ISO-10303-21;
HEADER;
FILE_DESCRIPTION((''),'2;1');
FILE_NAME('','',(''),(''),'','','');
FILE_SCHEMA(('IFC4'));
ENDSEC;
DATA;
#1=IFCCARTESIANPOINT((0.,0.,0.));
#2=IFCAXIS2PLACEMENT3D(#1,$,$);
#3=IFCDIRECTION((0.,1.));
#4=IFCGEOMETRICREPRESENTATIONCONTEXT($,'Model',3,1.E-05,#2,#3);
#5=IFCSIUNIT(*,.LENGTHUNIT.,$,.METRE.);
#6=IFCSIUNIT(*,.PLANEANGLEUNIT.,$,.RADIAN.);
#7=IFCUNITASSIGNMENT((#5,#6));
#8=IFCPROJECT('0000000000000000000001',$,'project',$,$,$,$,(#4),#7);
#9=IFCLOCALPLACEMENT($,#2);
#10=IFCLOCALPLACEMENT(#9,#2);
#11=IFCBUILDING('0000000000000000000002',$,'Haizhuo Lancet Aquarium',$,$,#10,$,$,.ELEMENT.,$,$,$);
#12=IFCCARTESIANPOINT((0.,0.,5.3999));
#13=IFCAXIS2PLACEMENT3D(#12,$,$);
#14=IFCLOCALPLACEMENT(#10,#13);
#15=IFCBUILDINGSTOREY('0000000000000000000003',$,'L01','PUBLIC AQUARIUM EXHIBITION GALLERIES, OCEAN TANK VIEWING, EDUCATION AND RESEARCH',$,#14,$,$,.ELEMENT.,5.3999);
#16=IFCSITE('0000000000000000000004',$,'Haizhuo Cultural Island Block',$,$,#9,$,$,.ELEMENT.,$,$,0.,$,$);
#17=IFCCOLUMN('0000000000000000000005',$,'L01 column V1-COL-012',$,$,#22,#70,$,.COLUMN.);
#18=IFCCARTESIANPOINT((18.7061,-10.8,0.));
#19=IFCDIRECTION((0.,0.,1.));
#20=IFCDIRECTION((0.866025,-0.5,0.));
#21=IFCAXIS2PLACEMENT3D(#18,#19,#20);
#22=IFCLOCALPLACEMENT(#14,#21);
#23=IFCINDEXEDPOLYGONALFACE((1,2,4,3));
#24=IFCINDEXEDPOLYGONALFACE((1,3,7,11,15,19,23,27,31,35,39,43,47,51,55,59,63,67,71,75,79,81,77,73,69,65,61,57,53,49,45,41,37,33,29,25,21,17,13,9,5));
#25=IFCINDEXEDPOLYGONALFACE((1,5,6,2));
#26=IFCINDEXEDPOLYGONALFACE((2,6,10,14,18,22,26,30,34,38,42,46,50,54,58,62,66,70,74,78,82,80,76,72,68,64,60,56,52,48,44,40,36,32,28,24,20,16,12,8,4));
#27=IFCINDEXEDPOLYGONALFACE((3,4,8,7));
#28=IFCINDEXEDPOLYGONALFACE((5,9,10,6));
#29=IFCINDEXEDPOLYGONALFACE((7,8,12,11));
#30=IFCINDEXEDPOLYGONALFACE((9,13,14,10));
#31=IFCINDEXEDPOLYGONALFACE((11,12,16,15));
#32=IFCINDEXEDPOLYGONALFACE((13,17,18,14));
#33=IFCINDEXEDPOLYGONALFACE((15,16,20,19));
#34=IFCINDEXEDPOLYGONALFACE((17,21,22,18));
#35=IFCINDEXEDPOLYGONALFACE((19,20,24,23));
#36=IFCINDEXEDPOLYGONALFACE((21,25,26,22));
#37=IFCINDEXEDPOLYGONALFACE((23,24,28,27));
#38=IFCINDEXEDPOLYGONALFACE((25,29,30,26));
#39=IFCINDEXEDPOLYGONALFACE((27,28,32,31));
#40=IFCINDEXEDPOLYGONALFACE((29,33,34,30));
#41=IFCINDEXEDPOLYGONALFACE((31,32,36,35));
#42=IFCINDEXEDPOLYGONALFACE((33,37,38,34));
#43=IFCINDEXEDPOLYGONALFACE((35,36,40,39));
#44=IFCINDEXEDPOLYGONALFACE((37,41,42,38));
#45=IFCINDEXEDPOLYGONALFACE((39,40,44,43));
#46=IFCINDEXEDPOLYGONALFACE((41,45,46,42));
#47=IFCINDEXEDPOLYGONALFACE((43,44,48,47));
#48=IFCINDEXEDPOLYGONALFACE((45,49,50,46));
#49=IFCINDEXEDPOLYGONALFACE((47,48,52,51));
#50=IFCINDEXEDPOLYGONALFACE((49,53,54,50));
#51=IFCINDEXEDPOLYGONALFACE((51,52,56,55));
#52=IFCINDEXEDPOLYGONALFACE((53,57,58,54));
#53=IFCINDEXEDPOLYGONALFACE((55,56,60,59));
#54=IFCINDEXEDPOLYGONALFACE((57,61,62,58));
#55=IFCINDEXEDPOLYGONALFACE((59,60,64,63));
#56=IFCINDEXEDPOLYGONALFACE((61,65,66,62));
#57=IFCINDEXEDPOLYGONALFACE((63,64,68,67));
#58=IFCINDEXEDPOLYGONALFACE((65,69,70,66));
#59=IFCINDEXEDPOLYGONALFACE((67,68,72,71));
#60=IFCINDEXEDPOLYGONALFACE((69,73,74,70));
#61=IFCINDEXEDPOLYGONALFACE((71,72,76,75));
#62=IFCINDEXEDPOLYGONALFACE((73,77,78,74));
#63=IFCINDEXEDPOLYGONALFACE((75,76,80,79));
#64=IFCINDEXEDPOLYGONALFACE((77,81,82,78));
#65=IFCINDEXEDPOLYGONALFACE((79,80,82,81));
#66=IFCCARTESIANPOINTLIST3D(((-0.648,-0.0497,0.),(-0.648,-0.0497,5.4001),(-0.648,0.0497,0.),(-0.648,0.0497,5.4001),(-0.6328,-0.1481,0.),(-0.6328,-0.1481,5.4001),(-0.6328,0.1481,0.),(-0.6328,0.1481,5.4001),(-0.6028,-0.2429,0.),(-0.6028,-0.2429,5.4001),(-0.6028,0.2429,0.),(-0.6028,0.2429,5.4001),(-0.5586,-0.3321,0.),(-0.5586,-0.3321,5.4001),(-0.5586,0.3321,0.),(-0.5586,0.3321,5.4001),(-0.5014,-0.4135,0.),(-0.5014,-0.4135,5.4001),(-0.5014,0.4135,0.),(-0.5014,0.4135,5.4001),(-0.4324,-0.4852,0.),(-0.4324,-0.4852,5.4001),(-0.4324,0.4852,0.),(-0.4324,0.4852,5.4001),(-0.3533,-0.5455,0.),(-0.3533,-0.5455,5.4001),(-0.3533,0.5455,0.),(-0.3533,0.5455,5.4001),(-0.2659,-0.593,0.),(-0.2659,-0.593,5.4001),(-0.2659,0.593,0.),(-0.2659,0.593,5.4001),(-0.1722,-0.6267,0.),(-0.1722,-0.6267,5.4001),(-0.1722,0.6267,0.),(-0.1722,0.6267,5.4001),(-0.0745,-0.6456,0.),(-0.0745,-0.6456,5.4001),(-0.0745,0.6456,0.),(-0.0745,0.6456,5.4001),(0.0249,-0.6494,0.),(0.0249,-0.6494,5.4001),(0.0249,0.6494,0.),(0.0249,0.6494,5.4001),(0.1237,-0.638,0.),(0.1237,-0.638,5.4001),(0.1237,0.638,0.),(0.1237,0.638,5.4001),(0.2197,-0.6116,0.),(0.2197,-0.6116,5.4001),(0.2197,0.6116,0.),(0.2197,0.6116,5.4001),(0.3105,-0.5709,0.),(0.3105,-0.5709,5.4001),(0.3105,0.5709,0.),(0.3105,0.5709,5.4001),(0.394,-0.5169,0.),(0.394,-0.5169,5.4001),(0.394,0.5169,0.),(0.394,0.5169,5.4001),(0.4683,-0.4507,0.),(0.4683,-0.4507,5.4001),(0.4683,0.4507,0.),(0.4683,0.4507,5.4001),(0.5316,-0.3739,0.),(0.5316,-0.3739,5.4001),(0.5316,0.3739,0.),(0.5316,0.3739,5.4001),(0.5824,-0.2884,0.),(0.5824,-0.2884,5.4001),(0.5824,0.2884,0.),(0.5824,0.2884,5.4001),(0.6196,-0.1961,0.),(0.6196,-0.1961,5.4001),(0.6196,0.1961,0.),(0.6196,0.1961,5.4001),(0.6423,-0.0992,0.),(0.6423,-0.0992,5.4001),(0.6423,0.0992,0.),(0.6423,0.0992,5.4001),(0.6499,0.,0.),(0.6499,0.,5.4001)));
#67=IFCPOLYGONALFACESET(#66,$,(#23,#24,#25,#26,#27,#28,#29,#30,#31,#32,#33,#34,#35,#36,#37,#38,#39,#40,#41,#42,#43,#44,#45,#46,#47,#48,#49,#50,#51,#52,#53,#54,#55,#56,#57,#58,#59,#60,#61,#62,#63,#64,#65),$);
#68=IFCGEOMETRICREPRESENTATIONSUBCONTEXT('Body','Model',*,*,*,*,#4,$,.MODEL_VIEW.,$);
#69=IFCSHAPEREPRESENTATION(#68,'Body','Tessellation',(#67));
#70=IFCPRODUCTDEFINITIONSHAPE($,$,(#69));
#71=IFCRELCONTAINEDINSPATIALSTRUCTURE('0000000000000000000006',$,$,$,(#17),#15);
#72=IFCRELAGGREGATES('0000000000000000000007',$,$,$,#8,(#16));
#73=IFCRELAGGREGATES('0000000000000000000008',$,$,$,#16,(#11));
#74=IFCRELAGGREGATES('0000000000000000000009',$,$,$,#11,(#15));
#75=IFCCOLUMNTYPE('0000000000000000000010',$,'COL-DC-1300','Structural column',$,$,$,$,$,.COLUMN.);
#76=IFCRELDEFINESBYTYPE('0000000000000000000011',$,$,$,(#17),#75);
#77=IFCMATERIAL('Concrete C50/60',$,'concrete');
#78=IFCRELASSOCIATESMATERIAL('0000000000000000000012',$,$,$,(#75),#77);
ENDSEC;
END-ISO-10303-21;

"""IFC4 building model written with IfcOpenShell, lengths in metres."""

from ifc_helpers import new_model, si_unit, direction, frame, origin, origin_2d, place, context, subcontext, project, spatial, circle, extrude, material, material_profile, profile_set, type_object, element, save


model = new_model("IFC4")

# Units and contexts
model_context = context("Model", 3, precision=1e-05, world=origin(), true_north=direction((0.0, 1.0)))
body_context = subcontext(model_context, "Body", "Model", "MODEL_VIEW")
ifc_project = project(units=[si_unit("LENGTHUNIT", "METRE"), si_unit("PLANEANGLEUNIT", "RADIAN")], contexts=[model_context])

# Site, building, storey
site_placement = place(None, origin())
site = spatial("IfcSite", under=ifc_project, at=site_placement, Name="Haizhuo Cultural Island Block", CompositionType="ELEMENT", RefElevation=0.0)
building_placement = place(site_placement, origin())
building = spatial("IfcBuilding", under=site, at=building_placement, Name="Haizhuo Lancet Aquarium", CompositionType="ELEMENT")
storey_placement = place(building_placement, frame((0.0, 0.0, 5.3999)))
storey = spatial("IfcBuildingStorey", under=building, at=storey_placement, Name="L01", Description="PUBLIC AQUARIUM EXHIBITION GALLERIES, OCEAN TANK VIEWING, EDUCATION AND RESEARCH", CompositionType="ELEMENT", Elevation=5.3999)

# Column
ifc_material_1 = material(Name="Concrete C50/60", Category="concrete")
ifc_material_profile_1 = material_profile(ifc_material_1, circle(Radius=0.6499, at=origin_2d()), Name="RC-DC 1300")
ifc_profile_set_1 = profile_set([ifc_material_profile_1], Name="Concrete C50/60")
column_type_1 = type_object("IfcColumnType", Name="COL-DC-1300", Description="Structural column", PredefinedType="COLUMN", material=ifc_profile_set_1)
column_1_placement = place(storey_placement, frame((18.7061, -10.8, 0.0), z_axis=(0.0, 0.0, 1.0), x_axis=(0.866025, -0.5, 0.0)))
element("IfcColumn", 1, at=column_1_placement, inside=storey, type_object=column_type_1, Name="L01 column V1-COL-012", PredefinedType="COLUMN", context=body_context, shape_type="SweptSolid", body=[
    extrude(circle(Radius=0.6499, at=origin_2d()), origin(), (0.0, 0.0, 1.0), 5.4001),
])

save(model, "model.ifc")
